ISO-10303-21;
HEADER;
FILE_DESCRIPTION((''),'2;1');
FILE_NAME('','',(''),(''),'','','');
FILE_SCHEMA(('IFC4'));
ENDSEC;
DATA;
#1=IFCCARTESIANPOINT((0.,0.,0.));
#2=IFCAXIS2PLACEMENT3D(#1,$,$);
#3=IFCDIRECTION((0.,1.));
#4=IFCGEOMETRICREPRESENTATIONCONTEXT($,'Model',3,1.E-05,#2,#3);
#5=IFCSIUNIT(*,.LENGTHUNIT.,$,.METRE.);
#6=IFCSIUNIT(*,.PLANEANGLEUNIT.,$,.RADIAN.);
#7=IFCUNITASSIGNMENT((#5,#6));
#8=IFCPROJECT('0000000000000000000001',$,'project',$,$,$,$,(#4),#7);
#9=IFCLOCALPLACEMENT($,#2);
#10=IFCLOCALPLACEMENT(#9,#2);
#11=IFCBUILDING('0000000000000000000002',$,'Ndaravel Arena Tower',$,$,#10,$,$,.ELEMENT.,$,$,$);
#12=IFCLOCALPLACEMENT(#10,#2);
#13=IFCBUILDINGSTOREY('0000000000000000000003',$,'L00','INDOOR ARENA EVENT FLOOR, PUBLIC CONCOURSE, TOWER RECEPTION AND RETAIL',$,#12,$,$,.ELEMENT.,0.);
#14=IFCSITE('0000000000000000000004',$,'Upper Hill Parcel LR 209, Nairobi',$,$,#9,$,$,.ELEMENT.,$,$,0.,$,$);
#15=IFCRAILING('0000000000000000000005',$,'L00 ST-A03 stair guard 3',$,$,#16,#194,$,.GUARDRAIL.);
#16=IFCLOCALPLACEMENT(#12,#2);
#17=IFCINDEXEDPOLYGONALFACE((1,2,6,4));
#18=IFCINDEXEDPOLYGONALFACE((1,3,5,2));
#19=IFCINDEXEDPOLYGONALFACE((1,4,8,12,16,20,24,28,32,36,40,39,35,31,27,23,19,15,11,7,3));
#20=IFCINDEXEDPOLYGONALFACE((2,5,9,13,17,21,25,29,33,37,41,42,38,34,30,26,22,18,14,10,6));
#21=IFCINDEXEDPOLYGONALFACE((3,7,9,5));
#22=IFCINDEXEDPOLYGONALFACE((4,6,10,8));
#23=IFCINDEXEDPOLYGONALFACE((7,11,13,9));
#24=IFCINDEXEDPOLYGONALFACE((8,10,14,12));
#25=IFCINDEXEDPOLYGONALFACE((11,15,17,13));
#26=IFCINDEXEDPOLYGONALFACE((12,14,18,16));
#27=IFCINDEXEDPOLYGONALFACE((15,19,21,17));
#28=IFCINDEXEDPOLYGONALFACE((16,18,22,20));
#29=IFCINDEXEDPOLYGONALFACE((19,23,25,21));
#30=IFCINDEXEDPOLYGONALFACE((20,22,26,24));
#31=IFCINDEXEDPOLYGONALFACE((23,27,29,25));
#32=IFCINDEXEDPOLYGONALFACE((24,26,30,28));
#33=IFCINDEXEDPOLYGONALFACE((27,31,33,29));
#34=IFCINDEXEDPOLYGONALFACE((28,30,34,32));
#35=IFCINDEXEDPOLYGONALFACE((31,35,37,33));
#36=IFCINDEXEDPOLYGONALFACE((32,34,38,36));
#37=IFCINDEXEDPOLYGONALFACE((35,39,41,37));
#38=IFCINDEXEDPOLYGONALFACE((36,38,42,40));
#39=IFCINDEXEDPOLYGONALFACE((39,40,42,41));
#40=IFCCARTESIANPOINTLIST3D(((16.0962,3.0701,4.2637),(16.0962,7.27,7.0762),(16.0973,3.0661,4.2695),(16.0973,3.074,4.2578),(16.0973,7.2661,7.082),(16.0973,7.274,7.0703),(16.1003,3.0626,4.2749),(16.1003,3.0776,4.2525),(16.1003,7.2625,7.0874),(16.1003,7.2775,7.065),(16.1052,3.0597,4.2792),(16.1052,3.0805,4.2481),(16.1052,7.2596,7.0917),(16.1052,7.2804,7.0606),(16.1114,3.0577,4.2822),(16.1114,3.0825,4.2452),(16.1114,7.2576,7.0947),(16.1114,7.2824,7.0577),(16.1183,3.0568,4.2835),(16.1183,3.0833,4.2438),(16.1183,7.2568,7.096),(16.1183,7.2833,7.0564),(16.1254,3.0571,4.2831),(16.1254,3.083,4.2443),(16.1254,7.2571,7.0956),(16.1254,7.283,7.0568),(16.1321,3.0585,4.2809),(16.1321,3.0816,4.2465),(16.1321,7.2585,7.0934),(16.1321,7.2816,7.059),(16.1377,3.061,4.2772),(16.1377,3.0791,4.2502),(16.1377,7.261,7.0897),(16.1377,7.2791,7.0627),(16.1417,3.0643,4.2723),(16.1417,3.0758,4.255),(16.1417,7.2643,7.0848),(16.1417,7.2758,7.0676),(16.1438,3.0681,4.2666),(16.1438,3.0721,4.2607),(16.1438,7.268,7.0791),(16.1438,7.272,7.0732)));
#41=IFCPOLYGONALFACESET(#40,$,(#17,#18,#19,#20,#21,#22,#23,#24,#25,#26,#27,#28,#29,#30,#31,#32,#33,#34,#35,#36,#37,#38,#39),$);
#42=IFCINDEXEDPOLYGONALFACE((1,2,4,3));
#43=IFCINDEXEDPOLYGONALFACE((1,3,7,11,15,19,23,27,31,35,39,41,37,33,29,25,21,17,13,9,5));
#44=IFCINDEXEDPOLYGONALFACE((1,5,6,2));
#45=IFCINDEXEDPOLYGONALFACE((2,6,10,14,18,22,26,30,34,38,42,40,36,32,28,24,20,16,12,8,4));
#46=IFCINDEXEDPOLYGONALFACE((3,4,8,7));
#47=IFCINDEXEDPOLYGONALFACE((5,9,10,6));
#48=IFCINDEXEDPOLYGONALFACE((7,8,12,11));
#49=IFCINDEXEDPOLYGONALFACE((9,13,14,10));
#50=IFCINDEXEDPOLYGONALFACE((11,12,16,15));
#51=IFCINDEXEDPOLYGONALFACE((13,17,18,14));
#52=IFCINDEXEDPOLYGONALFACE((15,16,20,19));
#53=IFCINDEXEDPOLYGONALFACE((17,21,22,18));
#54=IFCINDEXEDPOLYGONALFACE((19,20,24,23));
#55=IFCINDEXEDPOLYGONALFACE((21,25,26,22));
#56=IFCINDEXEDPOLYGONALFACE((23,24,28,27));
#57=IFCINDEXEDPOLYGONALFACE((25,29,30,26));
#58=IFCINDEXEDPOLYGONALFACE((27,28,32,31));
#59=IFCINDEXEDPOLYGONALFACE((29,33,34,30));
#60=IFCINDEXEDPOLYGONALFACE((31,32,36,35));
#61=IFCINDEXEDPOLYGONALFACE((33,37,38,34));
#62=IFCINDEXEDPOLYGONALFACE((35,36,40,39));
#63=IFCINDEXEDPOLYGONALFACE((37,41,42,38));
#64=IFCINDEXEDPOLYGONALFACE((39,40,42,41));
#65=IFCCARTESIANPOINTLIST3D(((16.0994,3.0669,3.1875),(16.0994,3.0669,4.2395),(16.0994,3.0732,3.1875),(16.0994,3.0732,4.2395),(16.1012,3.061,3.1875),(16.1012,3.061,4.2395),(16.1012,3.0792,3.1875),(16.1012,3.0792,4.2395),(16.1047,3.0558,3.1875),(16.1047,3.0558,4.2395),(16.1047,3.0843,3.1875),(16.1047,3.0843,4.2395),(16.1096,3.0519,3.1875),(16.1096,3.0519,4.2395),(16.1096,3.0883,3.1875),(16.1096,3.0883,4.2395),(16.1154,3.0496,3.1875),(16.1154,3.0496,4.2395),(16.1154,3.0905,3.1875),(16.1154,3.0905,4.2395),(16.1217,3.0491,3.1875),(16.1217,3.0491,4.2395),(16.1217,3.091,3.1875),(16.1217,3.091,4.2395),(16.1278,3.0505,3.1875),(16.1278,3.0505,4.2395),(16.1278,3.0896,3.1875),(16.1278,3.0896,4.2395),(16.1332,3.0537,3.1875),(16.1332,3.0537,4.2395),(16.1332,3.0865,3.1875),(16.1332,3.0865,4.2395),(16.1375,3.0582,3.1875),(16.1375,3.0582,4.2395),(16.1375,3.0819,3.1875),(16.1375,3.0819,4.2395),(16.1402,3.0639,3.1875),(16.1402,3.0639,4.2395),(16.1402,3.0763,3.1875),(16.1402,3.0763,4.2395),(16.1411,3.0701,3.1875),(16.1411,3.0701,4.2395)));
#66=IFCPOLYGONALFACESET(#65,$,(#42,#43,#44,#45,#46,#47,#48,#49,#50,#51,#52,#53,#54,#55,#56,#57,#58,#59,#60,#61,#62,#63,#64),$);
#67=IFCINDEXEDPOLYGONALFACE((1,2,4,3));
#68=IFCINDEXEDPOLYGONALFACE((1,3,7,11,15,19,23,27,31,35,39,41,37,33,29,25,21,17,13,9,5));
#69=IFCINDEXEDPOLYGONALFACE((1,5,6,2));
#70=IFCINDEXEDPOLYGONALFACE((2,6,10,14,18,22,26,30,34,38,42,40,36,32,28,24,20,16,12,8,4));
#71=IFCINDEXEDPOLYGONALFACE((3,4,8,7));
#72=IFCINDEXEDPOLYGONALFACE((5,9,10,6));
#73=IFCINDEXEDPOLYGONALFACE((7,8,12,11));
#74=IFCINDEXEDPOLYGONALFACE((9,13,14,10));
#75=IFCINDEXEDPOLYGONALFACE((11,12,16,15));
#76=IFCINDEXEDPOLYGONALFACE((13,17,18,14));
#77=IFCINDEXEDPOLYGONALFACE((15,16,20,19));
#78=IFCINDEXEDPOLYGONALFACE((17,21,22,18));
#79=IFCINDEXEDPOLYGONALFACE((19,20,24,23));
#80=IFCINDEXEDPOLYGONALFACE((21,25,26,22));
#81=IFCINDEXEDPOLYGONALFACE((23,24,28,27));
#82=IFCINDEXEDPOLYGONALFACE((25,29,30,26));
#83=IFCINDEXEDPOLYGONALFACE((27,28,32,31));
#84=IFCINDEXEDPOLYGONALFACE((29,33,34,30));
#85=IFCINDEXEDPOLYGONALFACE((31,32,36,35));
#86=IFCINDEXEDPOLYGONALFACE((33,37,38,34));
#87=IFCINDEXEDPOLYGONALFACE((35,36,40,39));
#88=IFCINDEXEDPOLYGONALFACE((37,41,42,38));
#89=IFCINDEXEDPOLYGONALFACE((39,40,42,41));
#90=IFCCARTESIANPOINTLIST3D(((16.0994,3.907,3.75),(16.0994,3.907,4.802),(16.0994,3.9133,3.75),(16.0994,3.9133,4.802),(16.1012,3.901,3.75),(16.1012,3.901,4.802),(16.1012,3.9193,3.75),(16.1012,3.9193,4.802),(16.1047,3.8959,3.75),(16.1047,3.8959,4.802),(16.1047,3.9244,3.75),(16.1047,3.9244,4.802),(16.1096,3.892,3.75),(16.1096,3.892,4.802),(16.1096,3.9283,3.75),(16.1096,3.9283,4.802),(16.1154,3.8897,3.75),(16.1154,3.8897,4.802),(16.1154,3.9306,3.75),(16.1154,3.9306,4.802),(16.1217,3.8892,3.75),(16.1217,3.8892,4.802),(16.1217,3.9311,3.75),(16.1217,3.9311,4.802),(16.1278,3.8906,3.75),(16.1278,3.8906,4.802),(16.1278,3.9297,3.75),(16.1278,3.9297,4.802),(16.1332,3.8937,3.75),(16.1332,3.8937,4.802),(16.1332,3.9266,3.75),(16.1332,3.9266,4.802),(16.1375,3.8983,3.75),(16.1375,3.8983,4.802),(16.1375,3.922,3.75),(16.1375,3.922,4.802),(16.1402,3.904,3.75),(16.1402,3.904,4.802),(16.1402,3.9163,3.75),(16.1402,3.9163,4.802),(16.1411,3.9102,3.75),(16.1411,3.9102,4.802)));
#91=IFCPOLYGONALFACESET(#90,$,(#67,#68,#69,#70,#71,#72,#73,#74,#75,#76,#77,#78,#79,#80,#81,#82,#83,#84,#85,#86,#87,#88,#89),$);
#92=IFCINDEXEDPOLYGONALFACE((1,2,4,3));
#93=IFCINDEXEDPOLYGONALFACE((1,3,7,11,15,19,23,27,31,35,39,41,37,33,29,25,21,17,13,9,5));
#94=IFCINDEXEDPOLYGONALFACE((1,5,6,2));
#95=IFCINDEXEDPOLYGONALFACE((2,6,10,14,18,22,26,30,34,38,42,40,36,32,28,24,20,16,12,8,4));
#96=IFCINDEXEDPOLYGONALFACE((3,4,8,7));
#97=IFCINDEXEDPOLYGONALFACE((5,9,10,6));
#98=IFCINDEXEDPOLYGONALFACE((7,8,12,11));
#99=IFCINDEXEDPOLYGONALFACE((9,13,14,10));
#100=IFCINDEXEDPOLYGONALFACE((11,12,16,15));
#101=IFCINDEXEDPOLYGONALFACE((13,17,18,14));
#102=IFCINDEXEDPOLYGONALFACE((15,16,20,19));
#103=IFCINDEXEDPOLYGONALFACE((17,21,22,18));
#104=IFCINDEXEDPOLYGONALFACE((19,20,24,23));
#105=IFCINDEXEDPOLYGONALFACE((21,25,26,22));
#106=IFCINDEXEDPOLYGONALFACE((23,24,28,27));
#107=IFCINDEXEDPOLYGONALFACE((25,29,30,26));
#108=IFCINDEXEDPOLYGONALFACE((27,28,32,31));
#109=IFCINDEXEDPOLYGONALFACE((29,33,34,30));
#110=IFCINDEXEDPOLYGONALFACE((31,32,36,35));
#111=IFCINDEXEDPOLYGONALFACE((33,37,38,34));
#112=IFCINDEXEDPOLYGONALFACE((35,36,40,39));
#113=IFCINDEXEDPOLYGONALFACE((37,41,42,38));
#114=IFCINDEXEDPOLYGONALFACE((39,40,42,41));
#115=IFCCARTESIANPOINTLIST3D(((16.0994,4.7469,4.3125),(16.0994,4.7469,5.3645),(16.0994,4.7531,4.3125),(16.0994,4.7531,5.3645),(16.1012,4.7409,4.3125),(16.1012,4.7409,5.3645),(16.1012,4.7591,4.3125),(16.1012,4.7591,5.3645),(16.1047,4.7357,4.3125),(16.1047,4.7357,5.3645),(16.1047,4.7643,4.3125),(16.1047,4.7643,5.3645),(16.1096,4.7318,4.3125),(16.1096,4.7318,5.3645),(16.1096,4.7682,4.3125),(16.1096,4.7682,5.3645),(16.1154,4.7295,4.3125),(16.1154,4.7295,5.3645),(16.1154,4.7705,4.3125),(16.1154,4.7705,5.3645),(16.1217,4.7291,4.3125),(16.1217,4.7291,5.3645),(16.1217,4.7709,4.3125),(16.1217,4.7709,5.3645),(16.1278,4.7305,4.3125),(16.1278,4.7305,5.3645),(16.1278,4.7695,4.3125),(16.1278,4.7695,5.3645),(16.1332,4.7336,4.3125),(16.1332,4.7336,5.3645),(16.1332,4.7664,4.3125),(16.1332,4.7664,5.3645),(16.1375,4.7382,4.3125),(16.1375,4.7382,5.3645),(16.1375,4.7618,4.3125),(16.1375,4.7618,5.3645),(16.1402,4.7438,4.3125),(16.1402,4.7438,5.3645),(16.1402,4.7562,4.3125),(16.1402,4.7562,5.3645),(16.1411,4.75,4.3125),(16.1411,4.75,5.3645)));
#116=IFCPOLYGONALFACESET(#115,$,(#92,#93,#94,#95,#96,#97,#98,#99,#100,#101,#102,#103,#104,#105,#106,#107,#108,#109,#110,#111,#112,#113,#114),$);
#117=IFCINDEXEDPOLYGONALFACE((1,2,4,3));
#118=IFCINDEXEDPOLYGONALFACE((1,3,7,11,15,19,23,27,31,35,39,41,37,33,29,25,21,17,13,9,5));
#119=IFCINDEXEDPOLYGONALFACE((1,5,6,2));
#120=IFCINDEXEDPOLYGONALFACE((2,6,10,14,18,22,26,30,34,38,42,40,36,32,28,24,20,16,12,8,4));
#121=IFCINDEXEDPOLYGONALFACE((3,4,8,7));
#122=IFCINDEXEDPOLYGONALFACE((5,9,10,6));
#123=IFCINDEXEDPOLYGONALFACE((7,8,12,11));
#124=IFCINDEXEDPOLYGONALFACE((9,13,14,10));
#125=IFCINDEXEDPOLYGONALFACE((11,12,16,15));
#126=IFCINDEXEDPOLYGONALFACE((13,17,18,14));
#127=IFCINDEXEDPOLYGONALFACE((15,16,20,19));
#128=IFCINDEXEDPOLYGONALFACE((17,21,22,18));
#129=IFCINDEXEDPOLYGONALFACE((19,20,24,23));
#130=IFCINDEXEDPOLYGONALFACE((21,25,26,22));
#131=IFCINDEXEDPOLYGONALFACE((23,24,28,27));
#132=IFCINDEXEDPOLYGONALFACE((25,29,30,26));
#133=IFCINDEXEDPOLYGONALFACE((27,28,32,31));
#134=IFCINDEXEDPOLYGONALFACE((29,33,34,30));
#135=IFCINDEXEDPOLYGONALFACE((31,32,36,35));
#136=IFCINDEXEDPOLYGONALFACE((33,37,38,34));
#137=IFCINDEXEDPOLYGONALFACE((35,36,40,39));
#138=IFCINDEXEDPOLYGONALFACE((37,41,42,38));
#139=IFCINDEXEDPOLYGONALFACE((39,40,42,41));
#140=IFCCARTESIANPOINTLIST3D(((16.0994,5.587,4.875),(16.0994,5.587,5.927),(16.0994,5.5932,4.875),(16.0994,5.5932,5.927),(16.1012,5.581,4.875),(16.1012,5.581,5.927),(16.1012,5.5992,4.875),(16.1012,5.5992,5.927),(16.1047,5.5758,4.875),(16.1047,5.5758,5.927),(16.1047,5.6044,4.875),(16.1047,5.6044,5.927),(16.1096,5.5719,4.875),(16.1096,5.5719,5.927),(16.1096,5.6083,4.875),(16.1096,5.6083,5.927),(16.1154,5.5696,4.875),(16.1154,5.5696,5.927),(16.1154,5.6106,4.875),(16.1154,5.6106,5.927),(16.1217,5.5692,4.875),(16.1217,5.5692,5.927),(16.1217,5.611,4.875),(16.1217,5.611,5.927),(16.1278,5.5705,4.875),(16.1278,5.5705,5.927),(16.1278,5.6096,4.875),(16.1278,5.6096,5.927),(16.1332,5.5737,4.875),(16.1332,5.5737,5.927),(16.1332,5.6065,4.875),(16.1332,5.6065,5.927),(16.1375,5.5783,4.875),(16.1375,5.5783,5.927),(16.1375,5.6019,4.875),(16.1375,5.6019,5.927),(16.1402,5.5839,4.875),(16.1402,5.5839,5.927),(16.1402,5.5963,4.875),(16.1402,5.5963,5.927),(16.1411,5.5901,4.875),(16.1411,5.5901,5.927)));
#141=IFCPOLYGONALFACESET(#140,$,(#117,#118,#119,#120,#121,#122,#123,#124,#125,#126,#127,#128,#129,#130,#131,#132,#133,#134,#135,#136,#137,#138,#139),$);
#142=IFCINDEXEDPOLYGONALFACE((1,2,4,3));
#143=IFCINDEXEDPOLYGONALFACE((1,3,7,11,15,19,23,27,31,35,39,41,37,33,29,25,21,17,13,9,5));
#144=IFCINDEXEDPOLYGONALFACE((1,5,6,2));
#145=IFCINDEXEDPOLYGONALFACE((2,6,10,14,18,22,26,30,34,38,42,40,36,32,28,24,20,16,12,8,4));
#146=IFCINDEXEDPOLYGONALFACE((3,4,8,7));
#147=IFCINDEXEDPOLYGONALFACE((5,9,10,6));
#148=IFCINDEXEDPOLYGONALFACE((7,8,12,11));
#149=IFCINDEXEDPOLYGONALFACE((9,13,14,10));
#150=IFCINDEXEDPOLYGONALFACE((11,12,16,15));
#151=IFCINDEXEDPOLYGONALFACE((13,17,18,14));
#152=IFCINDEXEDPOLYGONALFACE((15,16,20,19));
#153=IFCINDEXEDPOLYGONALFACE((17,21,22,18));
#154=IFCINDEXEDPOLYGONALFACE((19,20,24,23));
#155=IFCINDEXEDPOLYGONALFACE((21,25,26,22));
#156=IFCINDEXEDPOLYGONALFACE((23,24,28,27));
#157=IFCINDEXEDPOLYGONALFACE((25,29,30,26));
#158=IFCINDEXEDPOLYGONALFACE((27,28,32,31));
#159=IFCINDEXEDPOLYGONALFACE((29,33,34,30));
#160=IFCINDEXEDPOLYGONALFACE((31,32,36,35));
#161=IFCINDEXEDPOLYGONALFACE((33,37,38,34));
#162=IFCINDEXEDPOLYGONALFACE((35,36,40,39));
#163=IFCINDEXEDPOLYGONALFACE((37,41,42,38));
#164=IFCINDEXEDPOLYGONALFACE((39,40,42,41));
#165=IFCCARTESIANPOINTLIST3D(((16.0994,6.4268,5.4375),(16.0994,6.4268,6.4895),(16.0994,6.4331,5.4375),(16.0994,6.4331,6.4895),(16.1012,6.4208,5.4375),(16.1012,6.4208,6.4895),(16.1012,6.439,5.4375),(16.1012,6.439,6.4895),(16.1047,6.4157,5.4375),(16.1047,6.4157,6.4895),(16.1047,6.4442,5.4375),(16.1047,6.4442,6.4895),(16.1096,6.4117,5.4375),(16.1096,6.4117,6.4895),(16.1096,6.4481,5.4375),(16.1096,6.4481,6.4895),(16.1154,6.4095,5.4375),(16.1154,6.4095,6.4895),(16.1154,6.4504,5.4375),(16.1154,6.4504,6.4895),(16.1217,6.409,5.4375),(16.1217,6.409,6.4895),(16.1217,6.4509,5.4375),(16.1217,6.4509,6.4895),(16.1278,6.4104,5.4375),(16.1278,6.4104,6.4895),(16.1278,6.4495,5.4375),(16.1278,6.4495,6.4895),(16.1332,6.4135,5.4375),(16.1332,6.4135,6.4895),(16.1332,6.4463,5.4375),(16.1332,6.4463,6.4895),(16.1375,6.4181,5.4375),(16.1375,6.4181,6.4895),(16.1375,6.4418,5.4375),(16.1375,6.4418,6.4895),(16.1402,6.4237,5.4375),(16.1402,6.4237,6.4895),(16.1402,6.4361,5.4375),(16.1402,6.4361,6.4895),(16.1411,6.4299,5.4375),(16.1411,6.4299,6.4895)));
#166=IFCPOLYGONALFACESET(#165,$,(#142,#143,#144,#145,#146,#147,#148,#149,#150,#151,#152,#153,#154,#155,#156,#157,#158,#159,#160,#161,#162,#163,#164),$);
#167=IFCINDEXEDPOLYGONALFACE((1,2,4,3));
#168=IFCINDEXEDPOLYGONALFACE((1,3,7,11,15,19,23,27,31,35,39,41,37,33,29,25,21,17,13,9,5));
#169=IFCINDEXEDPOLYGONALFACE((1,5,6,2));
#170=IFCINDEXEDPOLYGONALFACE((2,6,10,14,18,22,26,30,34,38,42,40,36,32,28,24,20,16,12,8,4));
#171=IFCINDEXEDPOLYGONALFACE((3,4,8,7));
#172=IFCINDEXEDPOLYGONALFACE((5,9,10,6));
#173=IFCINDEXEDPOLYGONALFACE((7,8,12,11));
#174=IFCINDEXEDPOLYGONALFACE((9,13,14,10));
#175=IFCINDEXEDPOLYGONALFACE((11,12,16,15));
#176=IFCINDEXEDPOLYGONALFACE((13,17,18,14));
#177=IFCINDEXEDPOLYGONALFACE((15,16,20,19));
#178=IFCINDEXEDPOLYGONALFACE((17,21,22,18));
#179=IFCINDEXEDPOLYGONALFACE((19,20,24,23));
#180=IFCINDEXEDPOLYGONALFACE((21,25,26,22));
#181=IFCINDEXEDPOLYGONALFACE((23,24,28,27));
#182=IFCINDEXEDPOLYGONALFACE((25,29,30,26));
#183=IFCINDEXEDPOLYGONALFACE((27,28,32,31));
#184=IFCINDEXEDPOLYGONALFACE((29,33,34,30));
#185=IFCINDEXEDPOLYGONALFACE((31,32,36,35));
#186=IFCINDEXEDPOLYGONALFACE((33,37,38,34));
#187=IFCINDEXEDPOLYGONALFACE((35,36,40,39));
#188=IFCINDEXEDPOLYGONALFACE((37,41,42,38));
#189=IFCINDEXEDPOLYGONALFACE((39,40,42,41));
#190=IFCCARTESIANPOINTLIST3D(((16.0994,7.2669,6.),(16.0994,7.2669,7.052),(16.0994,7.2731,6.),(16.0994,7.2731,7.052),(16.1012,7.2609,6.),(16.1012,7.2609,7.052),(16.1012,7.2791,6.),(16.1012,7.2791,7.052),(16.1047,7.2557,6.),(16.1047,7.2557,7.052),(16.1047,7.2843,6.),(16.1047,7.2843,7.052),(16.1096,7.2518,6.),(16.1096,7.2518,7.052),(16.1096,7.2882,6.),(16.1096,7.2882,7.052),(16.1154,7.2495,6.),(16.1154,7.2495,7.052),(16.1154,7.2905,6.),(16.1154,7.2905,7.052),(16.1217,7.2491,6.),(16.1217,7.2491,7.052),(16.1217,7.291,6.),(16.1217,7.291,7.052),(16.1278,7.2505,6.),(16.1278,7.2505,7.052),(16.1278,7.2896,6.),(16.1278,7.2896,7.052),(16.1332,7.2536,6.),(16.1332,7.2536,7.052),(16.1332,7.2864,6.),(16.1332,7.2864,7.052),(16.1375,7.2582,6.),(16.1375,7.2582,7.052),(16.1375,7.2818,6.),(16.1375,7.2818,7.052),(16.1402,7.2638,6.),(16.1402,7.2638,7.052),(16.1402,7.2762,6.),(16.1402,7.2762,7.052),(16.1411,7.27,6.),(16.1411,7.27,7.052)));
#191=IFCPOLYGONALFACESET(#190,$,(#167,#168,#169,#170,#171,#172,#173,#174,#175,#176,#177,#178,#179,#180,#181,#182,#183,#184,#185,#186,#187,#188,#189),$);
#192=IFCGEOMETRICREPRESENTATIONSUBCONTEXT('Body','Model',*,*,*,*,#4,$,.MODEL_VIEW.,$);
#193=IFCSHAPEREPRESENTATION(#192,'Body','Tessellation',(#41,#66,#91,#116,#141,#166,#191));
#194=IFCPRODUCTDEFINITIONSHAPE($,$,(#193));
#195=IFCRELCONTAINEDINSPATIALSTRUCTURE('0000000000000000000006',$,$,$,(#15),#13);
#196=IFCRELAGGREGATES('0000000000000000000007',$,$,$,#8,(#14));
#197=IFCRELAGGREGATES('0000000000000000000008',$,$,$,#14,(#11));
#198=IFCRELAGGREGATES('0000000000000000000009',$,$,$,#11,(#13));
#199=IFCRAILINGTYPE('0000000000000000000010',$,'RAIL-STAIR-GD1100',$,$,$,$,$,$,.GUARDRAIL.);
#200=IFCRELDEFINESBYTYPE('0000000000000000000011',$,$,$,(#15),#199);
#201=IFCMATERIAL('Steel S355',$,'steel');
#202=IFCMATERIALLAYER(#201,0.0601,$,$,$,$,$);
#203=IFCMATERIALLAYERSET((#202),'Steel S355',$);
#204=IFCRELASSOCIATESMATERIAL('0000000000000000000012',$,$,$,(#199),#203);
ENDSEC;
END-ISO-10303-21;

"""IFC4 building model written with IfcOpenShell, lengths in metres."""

from ifc_helpers import new_model, si_unit, direction, frame, origin, origin_2d, place, context, subcontext, project, spatial, circle, extrude, material, layer, layer_set, type_object, element, save


model = new_model("IFC4")

# Units and contexts
model_context = context("Model", 3, precision=1e-05, world=origin(), true_north=direction((0.0, 1.0)))
body_context = subcontext(model_context, "Body", "Model", "MODEL_VIEW")
ifc_project = project(units=[si_unit("LENGTHUNIT", "METRE"), si_unit("PLANEANGLEUNIT", "RADIAN")], contexts=[model_context])

# Site, building, storey
site_placement = place(None, origin())
site = spatial("IfcSite", under=ifc_project, at=site_placement, Name="Upper Hill Parcel LR 209, Nairobi", CompositionType="ELEMENT", RefElevation=0.0)
building_placement = place(site_placement, origin())
building = spatial("IfcBuilding", under=site, at=building_placement, Name="Ndaravel Arena Tower", CompositionType="ELEMENT")
storey_placement = place(building_placement, origin())
storey = spatial("IfcBuildingStorey", under=building, at=storey_placement, Name="L00", Description="INDOOR ARENA EVENT FLOOR, PUBLIC CONCOURSE, TOWER RECEPTION AND RETAIL", CompositionType="ELEMENT", Elevation=0.0)

# Railing
ifc_material_1 = material(Name="Steel S355", Category="steel")
ifc_layer_1 = layer(ifc_material_1, 0.0601)
ifc_layer_set_1 = layer_set([ifc_layer_1], Name="Steel S355")
railing_type_1 = type_object("IfcRailingType", Name="RAIL-STAIR-GD1100", PredefinedType="GUARDRAIL", material=ifc_layer_set_1)
railing_1_placement = place(storey_placement, frame((16.1201, 3.0701, 3.1875)))
element("IfcRailing", 1, at=railing_1_placement, inside=storey, type_object=railing_type_1, Name="L00 ST-A03 stair guard 3", PredefinedType="GUARDRAIL", context=body_context, shape_type="SweptSolid", body=[
    extrude(circle(Radius=0.0239, at=origin_2d()), frame((0.0, 0.0, 1.0762), z_axis=(0.0, 0.830904, 0.556416), x_axis=(-1.0, 0.0, 0.0)), (0.0, 0.0, 1.0), 5.0547),
    extrude(circle(Radius=0.021, at=origin_2d()), origin(), (0.0, 0.0, 1.0), 1.052),
    extrude(circle(Radius=0.021, at=origin_2d()), frame((0.0, 0.8401, 0.5625)), (0.0, 0.0, 1.0), 1.052),
    extrude(circle(Radius=0.021, at=origin_2d()), frame((0.0, 1.6799, 1.125)), (0.0, 0.0, 1.0), 1.052),
    extrude(circle(Radius=0.021, at=origin_2d()), frame((0.0, 2.52, 1.6875)), (0.0, 0.0, 1.0), 1.052),
    extrude(circle(Radius=0.021, at=origin_2d()), frame((0.0, 3.3599, 2.25)), (0.0, 0.0, 1.0), 1.052),
    extrude(circle(Radius=0.021, at=origin_2d()), frame((0.0, 4.2, 2.8125)), (0.0, 0.0, 1.0), 1.052),
])

save(model, "model.ifc")
